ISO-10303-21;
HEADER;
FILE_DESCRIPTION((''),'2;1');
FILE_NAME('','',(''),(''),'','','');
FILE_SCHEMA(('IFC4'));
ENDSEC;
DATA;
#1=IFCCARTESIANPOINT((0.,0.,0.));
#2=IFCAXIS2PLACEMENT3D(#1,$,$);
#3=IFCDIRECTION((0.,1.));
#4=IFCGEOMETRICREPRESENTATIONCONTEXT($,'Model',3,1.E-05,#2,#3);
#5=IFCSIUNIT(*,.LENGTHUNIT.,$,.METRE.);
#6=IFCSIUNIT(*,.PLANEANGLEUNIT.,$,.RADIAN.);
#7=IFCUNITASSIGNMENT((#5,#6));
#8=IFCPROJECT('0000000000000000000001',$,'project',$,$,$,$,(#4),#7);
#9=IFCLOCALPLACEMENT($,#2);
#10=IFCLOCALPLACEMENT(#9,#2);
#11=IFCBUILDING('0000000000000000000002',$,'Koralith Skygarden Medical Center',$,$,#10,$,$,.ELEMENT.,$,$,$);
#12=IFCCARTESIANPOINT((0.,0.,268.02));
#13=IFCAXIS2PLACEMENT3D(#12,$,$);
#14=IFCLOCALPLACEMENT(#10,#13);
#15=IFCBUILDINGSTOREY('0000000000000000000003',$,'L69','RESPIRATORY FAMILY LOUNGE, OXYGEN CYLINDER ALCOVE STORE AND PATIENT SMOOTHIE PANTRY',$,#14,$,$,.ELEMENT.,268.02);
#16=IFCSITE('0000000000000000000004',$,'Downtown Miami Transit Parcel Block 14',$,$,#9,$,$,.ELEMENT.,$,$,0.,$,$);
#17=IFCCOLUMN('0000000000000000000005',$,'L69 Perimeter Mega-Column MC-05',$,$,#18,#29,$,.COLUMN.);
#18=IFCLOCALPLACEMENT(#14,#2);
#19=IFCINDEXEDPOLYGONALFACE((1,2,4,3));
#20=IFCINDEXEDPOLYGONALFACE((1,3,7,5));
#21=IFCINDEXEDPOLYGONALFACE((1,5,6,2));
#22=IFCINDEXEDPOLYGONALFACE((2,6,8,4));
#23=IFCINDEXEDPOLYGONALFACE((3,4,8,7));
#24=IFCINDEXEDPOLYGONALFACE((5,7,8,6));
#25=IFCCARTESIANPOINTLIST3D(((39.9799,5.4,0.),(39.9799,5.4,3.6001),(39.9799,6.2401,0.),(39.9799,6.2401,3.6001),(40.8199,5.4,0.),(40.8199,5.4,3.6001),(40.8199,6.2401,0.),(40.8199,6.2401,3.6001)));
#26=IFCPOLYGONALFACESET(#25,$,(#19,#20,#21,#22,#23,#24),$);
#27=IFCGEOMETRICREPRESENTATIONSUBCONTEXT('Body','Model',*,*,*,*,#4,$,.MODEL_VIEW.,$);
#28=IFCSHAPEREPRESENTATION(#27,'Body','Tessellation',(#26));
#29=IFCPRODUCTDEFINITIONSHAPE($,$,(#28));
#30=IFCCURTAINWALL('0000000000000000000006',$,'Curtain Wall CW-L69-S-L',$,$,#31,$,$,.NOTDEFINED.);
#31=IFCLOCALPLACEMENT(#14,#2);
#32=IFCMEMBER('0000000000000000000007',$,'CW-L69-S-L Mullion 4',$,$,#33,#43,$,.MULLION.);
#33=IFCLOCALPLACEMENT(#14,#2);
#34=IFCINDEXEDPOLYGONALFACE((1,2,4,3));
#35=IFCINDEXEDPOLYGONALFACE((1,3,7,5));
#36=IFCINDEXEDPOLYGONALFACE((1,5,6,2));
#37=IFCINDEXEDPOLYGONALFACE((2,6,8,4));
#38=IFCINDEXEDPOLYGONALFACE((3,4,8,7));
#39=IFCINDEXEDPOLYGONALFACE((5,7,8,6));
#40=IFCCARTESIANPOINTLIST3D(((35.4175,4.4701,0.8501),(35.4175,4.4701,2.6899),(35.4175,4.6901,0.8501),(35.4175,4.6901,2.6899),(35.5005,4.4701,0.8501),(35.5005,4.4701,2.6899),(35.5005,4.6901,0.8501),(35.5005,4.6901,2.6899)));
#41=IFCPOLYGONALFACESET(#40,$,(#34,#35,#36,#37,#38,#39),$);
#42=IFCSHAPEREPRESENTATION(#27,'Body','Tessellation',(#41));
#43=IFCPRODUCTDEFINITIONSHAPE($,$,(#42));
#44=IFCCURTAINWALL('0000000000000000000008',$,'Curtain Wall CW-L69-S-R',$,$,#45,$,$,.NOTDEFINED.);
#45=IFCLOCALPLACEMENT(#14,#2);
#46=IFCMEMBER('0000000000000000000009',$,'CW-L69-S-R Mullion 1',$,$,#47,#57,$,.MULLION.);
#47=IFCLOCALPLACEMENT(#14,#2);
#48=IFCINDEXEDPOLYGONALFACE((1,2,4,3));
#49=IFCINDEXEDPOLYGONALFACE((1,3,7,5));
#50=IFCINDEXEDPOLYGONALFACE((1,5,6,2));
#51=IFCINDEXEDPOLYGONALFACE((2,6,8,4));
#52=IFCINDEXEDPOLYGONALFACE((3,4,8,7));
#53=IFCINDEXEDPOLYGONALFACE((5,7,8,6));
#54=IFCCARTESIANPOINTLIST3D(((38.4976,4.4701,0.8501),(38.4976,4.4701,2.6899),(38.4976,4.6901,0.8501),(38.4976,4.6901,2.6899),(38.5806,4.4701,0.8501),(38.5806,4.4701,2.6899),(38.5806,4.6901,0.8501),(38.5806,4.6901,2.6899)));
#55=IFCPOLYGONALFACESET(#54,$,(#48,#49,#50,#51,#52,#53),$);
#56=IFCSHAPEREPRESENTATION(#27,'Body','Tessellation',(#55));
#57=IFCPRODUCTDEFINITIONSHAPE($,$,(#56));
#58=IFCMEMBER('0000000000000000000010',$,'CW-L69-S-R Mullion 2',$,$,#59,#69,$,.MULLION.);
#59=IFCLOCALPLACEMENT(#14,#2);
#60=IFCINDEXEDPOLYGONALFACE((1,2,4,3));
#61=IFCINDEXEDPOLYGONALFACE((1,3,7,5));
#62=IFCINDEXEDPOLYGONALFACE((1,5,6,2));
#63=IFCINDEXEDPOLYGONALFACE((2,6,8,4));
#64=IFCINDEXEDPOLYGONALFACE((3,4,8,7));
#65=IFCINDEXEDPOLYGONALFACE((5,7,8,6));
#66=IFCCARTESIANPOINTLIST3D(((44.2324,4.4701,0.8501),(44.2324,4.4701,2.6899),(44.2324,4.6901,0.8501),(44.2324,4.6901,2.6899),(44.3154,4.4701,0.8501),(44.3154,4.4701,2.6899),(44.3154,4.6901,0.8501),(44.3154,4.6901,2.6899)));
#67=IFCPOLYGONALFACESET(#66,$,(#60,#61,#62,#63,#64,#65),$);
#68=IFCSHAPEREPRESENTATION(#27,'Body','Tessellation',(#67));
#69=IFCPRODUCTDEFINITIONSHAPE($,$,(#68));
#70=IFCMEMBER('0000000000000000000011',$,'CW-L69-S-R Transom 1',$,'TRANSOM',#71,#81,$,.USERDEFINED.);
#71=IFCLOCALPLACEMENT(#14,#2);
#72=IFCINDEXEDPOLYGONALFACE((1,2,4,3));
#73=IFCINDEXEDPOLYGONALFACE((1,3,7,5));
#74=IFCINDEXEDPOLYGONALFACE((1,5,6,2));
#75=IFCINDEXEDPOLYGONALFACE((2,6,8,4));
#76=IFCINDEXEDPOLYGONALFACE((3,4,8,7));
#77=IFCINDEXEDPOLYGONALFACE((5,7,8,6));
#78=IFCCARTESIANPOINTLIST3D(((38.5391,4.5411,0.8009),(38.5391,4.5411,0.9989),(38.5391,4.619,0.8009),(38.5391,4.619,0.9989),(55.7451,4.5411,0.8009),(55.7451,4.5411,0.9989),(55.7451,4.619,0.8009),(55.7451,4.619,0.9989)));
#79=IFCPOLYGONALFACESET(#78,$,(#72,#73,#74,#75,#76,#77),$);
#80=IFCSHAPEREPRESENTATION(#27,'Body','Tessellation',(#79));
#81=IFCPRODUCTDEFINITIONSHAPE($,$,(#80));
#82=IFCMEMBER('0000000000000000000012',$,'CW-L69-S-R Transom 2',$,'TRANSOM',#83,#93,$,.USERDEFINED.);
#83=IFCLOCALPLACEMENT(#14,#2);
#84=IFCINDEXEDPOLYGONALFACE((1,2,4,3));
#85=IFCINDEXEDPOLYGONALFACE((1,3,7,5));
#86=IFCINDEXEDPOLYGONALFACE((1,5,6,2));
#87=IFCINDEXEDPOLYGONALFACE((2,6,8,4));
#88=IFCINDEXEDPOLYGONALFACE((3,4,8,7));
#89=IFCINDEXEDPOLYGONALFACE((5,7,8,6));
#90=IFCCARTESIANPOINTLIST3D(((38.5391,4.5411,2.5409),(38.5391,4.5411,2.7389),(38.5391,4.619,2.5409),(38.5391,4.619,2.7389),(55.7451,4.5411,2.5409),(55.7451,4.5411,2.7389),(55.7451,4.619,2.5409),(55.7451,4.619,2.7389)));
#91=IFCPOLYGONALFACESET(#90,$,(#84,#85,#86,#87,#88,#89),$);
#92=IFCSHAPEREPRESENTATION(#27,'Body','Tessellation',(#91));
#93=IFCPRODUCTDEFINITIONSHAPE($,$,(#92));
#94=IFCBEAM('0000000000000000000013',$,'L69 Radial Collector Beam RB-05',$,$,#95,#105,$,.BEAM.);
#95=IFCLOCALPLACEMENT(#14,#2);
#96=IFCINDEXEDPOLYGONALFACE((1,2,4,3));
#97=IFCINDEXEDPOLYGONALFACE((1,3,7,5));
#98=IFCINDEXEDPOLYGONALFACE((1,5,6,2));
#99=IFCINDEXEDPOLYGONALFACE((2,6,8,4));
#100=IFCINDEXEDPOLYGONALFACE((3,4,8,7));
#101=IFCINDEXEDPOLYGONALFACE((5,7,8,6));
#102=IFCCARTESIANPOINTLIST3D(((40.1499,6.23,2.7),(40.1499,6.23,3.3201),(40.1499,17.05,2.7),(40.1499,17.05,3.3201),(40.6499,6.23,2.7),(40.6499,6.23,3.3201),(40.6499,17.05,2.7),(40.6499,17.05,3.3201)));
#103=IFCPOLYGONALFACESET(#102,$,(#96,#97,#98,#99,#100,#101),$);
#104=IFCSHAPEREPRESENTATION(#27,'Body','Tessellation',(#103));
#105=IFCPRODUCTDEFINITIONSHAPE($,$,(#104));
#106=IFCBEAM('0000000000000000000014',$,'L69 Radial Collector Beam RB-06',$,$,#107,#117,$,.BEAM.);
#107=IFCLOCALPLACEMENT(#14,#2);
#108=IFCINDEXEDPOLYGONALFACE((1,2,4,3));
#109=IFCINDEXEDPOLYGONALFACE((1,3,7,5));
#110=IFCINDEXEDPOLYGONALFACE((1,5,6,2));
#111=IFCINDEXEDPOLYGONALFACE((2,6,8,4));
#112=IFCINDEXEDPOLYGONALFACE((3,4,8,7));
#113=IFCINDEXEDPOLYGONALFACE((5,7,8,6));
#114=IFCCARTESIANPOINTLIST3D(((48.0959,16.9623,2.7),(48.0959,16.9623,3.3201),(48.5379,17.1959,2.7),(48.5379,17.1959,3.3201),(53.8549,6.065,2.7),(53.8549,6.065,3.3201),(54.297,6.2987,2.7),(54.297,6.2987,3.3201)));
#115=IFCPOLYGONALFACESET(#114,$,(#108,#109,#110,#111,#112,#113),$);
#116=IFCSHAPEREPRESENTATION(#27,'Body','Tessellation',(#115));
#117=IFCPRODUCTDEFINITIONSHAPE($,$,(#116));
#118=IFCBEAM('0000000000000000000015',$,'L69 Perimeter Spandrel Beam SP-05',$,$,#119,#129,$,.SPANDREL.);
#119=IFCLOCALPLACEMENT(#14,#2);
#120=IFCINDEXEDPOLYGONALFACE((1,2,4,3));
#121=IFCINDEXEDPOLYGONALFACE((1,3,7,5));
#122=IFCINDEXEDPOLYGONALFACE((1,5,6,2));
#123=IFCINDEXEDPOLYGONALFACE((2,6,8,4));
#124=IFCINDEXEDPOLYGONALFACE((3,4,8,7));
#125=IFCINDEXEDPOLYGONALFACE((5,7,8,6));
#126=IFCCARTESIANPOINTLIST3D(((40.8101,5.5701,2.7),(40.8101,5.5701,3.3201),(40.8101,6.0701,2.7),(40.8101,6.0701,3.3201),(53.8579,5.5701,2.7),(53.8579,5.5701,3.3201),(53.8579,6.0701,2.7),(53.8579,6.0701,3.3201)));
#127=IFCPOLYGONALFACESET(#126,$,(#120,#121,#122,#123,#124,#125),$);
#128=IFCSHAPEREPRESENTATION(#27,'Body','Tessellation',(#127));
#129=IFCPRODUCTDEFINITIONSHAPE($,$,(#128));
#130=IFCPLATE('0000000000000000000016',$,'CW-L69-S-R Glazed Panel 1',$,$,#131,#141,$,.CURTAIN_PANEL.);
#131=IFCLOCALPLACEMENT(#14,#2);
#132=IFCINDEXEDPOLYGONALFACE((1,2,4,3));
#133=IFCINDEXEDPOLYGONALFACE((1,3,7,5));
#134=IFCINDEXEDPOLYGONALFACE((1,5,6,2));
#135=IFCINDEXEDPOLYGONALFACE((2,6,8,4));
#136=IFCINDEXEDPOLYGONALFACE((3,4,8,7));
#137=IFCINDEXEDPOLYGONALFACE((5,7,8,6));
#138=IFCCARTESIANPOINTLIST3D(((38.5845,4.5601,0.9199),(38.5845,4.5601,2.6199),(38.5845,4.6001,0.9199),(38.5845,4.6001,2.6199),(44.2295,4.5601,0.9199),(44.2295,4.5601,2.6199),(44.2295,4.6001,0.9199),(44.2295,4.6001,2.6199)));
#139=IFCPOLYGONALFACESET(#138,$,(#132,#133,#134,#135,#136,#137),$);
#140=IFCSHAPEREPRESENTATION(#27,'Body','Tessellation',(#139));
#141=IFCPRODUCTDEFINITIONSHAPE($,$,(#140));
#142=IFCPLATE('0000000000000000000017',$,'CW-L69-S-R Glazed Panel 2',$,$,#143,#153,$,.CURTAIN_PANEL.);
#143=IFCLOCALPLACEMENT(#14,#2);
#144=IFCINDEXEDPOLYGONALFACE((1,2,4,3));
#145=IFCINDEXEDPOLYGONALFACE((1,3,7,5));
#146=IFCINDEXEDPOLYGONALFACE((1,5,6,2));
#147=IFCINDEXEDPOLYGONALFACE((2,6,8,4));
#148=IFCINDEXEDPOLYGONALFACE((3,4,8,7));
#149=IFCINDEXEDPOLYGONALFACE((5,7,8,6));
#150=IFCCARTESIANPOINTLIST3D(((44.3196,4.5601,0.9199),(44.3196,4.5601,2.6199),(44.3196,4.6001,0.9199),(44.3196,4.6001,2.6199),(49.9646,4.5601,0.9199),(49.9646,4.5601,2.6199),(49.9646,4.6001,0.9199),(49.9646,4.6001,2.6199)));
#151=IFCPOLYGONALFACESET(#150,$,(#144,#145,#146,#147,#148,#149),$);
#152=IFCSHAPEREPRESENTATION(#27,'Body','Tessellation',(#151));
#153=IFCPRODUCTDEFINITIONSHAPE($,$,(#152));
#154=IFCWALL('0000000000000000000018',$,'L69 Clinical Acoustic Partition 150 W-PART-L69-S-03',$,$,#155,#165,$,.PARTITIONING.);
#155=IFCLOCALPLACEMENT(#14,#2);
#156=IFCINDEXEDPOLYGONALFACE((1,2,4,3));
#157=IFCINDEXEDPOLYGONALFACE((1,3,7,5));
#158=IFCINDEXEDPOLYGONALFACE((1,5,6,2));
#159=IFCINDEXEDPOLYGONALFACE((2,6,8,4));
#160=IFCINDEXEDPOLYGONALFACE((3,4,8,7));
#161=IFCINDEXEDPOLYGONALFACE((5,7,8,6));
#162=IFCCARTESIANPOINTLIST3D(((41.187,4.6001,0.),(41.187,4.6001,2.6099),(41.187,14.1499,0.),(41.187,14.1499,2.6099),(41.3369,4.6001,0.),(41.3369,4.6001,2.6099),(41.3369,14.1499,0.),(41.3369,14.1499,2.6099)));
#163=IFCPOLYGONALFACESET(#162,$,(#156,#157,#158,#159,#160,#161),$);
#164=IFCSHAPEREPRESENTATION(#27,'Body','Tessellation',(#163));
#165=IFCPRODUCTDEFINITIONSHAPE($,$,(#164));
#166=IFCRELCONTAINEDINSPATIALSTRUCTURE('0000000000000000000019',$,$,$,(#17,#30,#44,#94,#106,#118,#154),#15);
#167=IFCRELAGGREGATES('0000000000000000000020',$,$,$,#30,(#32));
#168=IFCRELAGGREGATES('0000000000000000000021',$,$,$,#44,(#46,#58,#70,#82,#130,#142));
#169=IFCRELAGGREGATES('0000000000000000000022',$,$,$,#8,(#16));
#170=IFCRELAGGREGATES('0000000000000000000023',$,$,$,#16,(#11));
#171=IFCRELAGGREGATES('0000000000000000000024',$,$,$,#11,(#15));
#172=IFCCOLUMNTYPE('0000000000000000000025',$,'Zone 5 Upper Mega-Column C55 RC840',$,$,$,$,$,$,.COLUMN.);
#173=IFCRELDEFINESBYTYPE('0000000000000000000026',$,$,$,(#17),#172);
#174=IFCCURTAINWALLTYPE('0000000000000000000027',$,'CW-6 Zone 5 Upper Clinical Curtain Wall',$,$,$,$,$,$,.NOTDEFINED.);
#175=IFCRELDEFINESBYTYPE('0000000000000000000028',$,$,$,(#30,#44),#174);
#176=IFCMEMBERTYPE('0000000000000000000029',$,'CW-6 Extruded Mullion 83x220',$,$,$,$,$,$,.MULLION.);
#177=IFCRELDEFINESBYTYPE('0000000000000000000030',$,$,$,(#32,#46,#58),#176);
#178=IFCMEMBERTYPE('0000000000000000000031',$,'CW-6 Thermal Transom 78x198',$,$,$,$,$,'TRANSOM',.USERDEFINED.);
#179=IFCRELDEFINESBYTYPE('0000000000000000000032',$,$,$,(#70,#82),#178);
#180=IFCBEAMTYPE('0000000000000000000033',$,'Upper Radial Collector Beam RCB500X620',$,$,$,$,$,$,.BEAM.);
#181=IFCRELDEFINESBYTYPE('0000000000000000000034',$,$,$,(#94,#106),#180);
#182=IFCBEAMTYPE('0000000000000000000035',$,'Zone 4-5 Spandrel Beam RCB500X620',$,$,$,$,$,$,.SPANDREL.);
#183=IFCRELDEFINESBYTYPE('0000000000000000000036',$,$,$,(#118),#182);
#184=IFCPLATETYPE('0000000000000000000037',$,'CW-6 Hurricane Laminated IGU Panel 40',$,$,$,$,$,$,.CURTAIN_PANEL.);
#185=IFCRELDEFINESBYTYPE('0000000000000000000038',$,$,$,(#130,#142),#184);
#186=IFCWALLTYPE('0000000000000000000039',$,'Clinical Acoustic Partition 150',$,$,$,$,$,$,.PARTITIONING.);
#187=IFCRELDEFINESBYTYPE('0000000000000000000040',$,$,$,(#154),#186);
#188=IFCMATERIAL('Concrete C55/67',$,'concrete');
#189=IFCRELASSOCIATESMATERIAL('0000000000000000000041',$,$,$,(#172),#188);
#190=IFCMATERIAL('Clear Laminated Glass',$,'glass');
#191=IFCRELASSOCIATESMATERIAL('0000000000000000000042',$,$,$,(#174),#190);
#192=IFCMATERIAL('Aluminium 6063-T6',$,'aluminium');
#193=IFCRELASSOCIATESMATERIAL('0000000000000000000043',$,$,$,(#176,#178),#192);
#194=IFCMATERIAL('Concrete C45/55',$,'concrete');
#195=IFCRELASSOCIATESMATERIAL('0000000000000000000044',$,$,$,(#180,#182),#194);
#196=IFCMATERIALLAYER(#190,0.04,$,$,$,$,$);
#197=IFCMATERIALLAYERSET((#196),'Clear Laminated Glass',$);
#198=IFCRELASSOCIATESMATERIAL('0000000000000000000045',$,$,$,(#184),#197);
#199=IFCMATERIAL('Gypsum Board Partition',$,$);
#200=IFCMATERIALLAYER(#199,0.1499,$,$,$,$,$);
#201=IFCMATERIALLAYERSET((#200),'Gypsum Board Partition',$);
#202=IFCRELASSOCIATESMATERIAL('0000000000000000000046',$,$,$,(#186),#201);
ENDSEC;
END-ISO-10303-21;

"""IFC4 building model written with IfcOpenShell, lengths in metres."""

from ifc_helpers import new_model, si_unit, direction, frame, frame_2d, origin, origin_2d, place, context, subcontext, project, spatial, rectangle, extrude, material, layer, layer_set, material_profile, profile_set, type_object, element, aggregate, save


model = new_model("IFC4")

# Units and contexts
model_context = context("Model", 3, precision=1e-05, world=origin(), true_north=direction((0.0, 1.0)))
body_context = subcontext(model_context, "Body", "Model", "MODEL_VIEW")
ifc_project = project(units=[si_unit("LENGTHUNIT", "METRE"), si_unit("PLANEANGLEUNIT", "RADIAN")], contexts=[model_context])

# Site, building, storey
site_placement = place(None, origin())
site = spatial("IfcSite", under=ifc_project, at=site_placement, Name="Downtown Miami Transit Parcel Block 14", CompositionType="ELEMENT", RefElevation=0.0)
building_placement = place(site_placement, origin())
building = spatial("IfcBuilding", under=site, at=building_placement, Name="Koralith Skygarden Medical Center", CompositionType="ELEMENT")
storey_placement = place(building_placement, frame((0.0, 0.0, 268.02)))
storey = spatial("IfcBuildingStorey", under=building, at=storey_placement, Name="L69", Description="RESPIRATORY FAMILY LOUNGE, OXYGEN CYLINDER ALCOVE STORE AND PATIENT SMOOTHIE PANTRY", CompositionType="ELEMENT", Elevation=268.02)

# Column
ifc_material_1 = material(Name="Concrete C55/67", Category="concrete")
ifc_material_profile_1 = material_profile(ifc_material_1, rectangle(XDim=0.8401, YDim=0.8401, at=origin_2d()), Name="RC840X840")
ifc_profile_set_1 = profile_set([ifc_material_profile_1], Name="Concrete C55/67")
column_type = type_object("IfcColumnType", Name="Zone 5 Upper Mega-Column C55 RC840", PredefinedType="COLUMN", material=ifc_profile_set_1)
column_placement = place(storey_placement, frame((40.3999, 5.8201, 0.0), z_axis=(0.0, 0.0, 1.0), x_axis=(1.0, 0.0, 0.0)))
element("IfcColumn", 1, at=column_placement, inside=storey, type_object=column_type, Name="L69 Perimeter Mega-Column MC-05", PredefinedType="COLUMN", context=body_context, shape_type="SweptSolid", body=[
    extrude(rectangle(XDim=0.8401, YDim=0.8401, at=origin_2d()), origin(), (0.0, 0.0, 1.0), 3.6001),
])

# Curtain wall, member
ifc_material_2 = material(Name="Clear Laminated Glass", Category="glass")
curtain_wall_type = type_object("IfcCurtainWallType", Name="CW-6 Zone 5 Upper Clinical Curtain Wall", PredefinedType="NOTDEFINED", material=ifc_material_2)
curtain_wall_1_placement = place(storey_placement, origin())
curtain_wall_1 = element("IfcCurtainWall", 2, at=curtain_wall_1_placement, inside=storey, type_object=curtain_wall_type, Name="Curtain Wall CW-L69-S-L", PredefinedType="NOTDEFINED")
ifc_material_3 = material(Name="Aluminium 6063-T6", Category="aluminium")
ifc_material_profile_2 = material_profile(ifc_material_3, rectangle(XDim=0.083, YDim=0.22, at=origin_2d()), Name="MUL83X220")
ifc_profile_set_2 = profile_set([ifc_material_profile_2], Name="Aluminium 6063-T6")
member_type_1 = type_object("IfcMemberType", Name="CW-6 Extruded Mullion 83x220", PredefinedType="MULLION", material=ifc_profile_set_2)
member_1_placement = place(storey_placement, frame((35.459, 4.5801, 0.8501), z_axis=(0.0, 0.0, 1.0), x_axis=(1.0, 0.0, 0.0)))
member_1 = element("IfcMember", 3, at=member_1_placement, type_object=member_type_1, Name="CW-L69-S-L Mullion 4", PredefinedType="MULLION", context=body_context, shape_type="SweptSolid", body=[
    extrude(rectangle(XDim=0.083, YDim=0.22, at=origin_2d()), origin(), (0.0, 0.0, 1.0), 1.8398),
])
aggregate(curtain_wall_1, [member_1])

# Curtain wall, members
curtain_wall_2_placement = place(storey_placement, origin())
curtain_wall_2 = element("IfcCurtainWall", 4, at=curtain_wall_2_placement, inside=storey, type_object=curtain_wall_type, Name="Curtain Wall CW-L69-S-R", PredefinedType="NOTDEFINED")
member_2_placement = place(storey_placement, frame((38.5391, 4.5801, 0.8501), z_axis=(0.0, 0.0, 1.0), x_axis=(1.0, 0.0, 0.0)))
member_2 = element("IfcMember", 5, at=member_2_placement, type_object=member_type_1, Name="CW-L69-S-R Mullion 1", PredefinedType="MULLION", context=body_context, shape_type="SweptSolid", body=[
    extrude(rectangle(XDim=0.083, YDim=0.22, at=origin_2d()), origin(), (0.0, 0.0, 1.0), 1.8398),
])
member_3_placement = place(storey_placement, frame((44.2739, 4.5801, 0.8501), z_axis=(0.0, 0.0, 1.0), x_axis=(1.0, 0.0, 0.0)))
member_3 = element("IfcMember", 6, at=member_3_placement, type_object=member_type_1, Name="CW-L69-S-R Mullion 2", PredefinedType="MULLION", context=body_context, shape_type="SweptSolid", body=[
    extrude(rectangle(XDim=0.083, YDim=0.22, at=origin_2d()), origin(), (0.0, 0.0, 1.0), 1.8398),
])
ifc_material_profile_3 = material_profile(ifc_material_3, rectangle(XDim=0.0779, YDim=0.198, at=origin_2d()), Name="TRN78X198")
ifc_profile_set_3 = profile_set([ifc_material_profile_3], Name="Aluminium 6063-T6")
member_type_2 = type_object("IfcMemberType", Name="CW-6 Thermal Transom 78x198", ElementType="TRANSOM", PredefinedType="USERDEFINED", material=ifc_profile_set_3)
member_4_placement = place(storey_placement, frame((38.5391, 4.5801, 0.8999), z_axis=(1.0, 0.0, 0.0), x_axis=(0.0, 1.0, 0.0)))
member_4 = element("IfcMember", 7, at=member_4_placement, type_object=member_type_2, Name="CW-L69-S-R Transom 1", ObjectType="TRANSOM", PredefinedType="USERDEFINED", context=body_context, shape_type="SweptSolid", body=[
    extrude(rectangle(XDim=0.0779, YDim=0.198, at=origin_2d()), origin(), (0.0, 0.0, 1.0), 17.2061),
])
member_5_placement = place(storey_placement, frame((38.5391, 4.5801, 2.6399), z_axis=(1.0, 0.0, 0.0), x_axis=(0.0, 1.0, 0.0)))
member_5 = element("IfcMember", 8, at=member_5_placement, type_object=member_type_2, Name="CW-L69-S-R Transom 2", ObjectType="TRANSOM", PredefinedType="USERDEFINED", context=body_context, shape_type="SweptSolid", body=[
    extrude(rectangle(XDim=0.0779, YDim=0.198, at=origin_2d()), origin(), (0.0, 0.0, 1.0), 17.2061),
])

# Beams
ifc_material_4 = material(Name="Concrete C45/55", Category="concrete")
ifc_material_profile_4 = material_profile(ifc_material_4, rectangle(XDim=0.5, YDim=0.6201, at=origin_2d()), Name="RCB500X620")
ifc_profile_set_4 = profile_set([ifc_material_profile_4], Name="Concrete C45/55")
beam_type_1 = type_object("IfcBeamType", Name="Upper Radial Collector Beam RCB500X620", PredefinedType="BEAM", material=ifc_profile_set_4)
beam_1_placement = place(storey_placement, frame((40.3999, 17.05, 3.01), z_axis=(0.0, -1.0, 0.0), x_axis=(1.0, 0.0, 0.0)))
element("IfcBeam", 9, at=beam_1_placement, inside=storey, type_object=beam_type_1, Name="L69 Radial Collector Beam RB-05", PredefinedType="BEAM", context=body_context, shape_type="SweptSolid", body=[
    extrude(rectangle(XDim=0.5, YDim=0.6201, at=origin_2d()), origin(), (0.0, 0.0, 1.0), 10.8201),
])
beam_2_placement = place(storey_placement, frame((48.3169, 17.0791, 3.01), z_axis=(0.467249, -0.884126, 0.0), x_axis=(0.884126, 0.467249, 0.0)))
element("IfcBeam", 10, at=beam_2_placement, inside=storey, type_object=beam_type_1, Name="L69 Radial Collector Beam RB-06", PredefinedType="BEAM", context=body_context, shape_type="SweptSolid", body=[
    extrude(rectangle(XDim=0.5, YDim=0.6201, at=origin_2d()), origin(), (0.0, 0.0, 1.0), 12.3254),
])
ifc_material_profile_5 = material_profile(ifc_material_4, rectangle(XDim=0.5, YDim=0.6201, at=origin_2d()), Name="RCB500X620")
ifc_profile_set_5 = profile_set([ifc_material_profile_5], Name="Concrete C45/55")
beam_type_2 = type_object("IfcBeamType", Name="Zone 4-5 Spandrel Beam RCB500X620", PredefinedType="SPANDREL", material=ifc_profile_set_5)
beam_3_placement = place(storey_placement, frame((40.8101, 5.8201, 3.01), z_axis=(1.0, 0.0, 0.0), x_axis=(0.0, 1.0, 0.0)))
element("IfcBeam", 11, at=beam_3_placement, inside=storey, type_object=beam_type_2, Name="L69 Perimeter Spandrel Beam SP-05", PredefinedType="SPANDREL", context=body_context, shape_type="SweptSolid", body=[
    extrude(rectangle(XDim=0.5, YDim=0.6201, at=origin_2d()), origin(), (0.0, 0.0, 1.0), 13.0479),
])

# Plates
ifc_layer_1 = layer(ifc_material_2, 0.04)
ifc_layer_set_1 = layer_set([ifc_layer_1], Name="Clear Laminated Glass")
plate_type = type_object("IfcPlateType", Name="CW-6 Hurricane Laminated IGU Panel 40", PredefinedType="CURTAIN_PANEL", material=ifc_layer_set_1)
plate_1_placement = place(storey_placement, frame((41.407, 4.5801, 0.9199), z_axis=(0.0, 0.0, 1.0), x_axis=(1.0, 0.0, 0.0)))
plate_1 = element("IfcPlate", 12, at=plate_1_placement, type_object=plate_type, Name="CW-L69-S-R Glazed Panel 1", PredefinedType="CURTAIN_PANEL", context=body_context, shape_type="SweptSolid", body=[
    extrude(rectangle(XDim=5.645, YDim=0.04, at=origin_2d()), origin(), (0.0, 0.0, 1.0), 1.7),
])
plate_2_placement = place(storey_placement, frame((47.1421, 4.5801, 0.9199), z_axis=(0.0, 0.0, 1.0), x_axis=(1.0, 0.0, 0.0)))
plate_2 = element("IfcPlate", 13, at=plate_2_placement, type_object=plate_type, Name="CW-L69-S-R Glazed Panel 2", PredefinedType="CURTAIN_PANEL", context=body_context, shape_type="SweptSolid", body=[
    extrude(rectangle(XDim=5.645, YDim=0.04, at=origin_2d()), origin(), (0.0, 0.0, 1.0), 1.7),
])
aggregate(curtain_wall_2, [member_2, member_3, member_4, member_5, plate_1, plate_2])

# Wall
ifc_material_5 = material(Name="Gypsum Board Partition")
ifc_layer_2 = layer(ifc_material_5, 0.1499)
ifc_layer_set_2 = layer_set([ifc_layer_2], Name="Gypsum Board Partition")
wall_type_1 = type_object("IfcWallType", Name="Clinical Acoustic Partition 150", PredefinedType="PARTITIONING", material=ifc_layer_set_2)
wall_1_placement = place(storey_placement, frame((41.262, 14.1499, 0.0), z_axis=(0.0, 0.0, 1.0), x_axis=(0.0, -1.0, 0.0)))
element("IfcWall", 14, at=wall_1_placement, inside=storey, type_object=wall_type_1, Name="L69 Clinical Acoustic Partition 150 W-PART-L69-S-03", PredefinedType="PARTITIONING", context=body_context, shape_type="SweptSolid", body=[
    extrude(rectangle(XDim=9.5498, YDim=0.1499, at=frame_2d((4.7749, 0.0))), origin(), (0.0, 0.0, 1.0), 2.6099),
])

save(model, "model.ifc")
